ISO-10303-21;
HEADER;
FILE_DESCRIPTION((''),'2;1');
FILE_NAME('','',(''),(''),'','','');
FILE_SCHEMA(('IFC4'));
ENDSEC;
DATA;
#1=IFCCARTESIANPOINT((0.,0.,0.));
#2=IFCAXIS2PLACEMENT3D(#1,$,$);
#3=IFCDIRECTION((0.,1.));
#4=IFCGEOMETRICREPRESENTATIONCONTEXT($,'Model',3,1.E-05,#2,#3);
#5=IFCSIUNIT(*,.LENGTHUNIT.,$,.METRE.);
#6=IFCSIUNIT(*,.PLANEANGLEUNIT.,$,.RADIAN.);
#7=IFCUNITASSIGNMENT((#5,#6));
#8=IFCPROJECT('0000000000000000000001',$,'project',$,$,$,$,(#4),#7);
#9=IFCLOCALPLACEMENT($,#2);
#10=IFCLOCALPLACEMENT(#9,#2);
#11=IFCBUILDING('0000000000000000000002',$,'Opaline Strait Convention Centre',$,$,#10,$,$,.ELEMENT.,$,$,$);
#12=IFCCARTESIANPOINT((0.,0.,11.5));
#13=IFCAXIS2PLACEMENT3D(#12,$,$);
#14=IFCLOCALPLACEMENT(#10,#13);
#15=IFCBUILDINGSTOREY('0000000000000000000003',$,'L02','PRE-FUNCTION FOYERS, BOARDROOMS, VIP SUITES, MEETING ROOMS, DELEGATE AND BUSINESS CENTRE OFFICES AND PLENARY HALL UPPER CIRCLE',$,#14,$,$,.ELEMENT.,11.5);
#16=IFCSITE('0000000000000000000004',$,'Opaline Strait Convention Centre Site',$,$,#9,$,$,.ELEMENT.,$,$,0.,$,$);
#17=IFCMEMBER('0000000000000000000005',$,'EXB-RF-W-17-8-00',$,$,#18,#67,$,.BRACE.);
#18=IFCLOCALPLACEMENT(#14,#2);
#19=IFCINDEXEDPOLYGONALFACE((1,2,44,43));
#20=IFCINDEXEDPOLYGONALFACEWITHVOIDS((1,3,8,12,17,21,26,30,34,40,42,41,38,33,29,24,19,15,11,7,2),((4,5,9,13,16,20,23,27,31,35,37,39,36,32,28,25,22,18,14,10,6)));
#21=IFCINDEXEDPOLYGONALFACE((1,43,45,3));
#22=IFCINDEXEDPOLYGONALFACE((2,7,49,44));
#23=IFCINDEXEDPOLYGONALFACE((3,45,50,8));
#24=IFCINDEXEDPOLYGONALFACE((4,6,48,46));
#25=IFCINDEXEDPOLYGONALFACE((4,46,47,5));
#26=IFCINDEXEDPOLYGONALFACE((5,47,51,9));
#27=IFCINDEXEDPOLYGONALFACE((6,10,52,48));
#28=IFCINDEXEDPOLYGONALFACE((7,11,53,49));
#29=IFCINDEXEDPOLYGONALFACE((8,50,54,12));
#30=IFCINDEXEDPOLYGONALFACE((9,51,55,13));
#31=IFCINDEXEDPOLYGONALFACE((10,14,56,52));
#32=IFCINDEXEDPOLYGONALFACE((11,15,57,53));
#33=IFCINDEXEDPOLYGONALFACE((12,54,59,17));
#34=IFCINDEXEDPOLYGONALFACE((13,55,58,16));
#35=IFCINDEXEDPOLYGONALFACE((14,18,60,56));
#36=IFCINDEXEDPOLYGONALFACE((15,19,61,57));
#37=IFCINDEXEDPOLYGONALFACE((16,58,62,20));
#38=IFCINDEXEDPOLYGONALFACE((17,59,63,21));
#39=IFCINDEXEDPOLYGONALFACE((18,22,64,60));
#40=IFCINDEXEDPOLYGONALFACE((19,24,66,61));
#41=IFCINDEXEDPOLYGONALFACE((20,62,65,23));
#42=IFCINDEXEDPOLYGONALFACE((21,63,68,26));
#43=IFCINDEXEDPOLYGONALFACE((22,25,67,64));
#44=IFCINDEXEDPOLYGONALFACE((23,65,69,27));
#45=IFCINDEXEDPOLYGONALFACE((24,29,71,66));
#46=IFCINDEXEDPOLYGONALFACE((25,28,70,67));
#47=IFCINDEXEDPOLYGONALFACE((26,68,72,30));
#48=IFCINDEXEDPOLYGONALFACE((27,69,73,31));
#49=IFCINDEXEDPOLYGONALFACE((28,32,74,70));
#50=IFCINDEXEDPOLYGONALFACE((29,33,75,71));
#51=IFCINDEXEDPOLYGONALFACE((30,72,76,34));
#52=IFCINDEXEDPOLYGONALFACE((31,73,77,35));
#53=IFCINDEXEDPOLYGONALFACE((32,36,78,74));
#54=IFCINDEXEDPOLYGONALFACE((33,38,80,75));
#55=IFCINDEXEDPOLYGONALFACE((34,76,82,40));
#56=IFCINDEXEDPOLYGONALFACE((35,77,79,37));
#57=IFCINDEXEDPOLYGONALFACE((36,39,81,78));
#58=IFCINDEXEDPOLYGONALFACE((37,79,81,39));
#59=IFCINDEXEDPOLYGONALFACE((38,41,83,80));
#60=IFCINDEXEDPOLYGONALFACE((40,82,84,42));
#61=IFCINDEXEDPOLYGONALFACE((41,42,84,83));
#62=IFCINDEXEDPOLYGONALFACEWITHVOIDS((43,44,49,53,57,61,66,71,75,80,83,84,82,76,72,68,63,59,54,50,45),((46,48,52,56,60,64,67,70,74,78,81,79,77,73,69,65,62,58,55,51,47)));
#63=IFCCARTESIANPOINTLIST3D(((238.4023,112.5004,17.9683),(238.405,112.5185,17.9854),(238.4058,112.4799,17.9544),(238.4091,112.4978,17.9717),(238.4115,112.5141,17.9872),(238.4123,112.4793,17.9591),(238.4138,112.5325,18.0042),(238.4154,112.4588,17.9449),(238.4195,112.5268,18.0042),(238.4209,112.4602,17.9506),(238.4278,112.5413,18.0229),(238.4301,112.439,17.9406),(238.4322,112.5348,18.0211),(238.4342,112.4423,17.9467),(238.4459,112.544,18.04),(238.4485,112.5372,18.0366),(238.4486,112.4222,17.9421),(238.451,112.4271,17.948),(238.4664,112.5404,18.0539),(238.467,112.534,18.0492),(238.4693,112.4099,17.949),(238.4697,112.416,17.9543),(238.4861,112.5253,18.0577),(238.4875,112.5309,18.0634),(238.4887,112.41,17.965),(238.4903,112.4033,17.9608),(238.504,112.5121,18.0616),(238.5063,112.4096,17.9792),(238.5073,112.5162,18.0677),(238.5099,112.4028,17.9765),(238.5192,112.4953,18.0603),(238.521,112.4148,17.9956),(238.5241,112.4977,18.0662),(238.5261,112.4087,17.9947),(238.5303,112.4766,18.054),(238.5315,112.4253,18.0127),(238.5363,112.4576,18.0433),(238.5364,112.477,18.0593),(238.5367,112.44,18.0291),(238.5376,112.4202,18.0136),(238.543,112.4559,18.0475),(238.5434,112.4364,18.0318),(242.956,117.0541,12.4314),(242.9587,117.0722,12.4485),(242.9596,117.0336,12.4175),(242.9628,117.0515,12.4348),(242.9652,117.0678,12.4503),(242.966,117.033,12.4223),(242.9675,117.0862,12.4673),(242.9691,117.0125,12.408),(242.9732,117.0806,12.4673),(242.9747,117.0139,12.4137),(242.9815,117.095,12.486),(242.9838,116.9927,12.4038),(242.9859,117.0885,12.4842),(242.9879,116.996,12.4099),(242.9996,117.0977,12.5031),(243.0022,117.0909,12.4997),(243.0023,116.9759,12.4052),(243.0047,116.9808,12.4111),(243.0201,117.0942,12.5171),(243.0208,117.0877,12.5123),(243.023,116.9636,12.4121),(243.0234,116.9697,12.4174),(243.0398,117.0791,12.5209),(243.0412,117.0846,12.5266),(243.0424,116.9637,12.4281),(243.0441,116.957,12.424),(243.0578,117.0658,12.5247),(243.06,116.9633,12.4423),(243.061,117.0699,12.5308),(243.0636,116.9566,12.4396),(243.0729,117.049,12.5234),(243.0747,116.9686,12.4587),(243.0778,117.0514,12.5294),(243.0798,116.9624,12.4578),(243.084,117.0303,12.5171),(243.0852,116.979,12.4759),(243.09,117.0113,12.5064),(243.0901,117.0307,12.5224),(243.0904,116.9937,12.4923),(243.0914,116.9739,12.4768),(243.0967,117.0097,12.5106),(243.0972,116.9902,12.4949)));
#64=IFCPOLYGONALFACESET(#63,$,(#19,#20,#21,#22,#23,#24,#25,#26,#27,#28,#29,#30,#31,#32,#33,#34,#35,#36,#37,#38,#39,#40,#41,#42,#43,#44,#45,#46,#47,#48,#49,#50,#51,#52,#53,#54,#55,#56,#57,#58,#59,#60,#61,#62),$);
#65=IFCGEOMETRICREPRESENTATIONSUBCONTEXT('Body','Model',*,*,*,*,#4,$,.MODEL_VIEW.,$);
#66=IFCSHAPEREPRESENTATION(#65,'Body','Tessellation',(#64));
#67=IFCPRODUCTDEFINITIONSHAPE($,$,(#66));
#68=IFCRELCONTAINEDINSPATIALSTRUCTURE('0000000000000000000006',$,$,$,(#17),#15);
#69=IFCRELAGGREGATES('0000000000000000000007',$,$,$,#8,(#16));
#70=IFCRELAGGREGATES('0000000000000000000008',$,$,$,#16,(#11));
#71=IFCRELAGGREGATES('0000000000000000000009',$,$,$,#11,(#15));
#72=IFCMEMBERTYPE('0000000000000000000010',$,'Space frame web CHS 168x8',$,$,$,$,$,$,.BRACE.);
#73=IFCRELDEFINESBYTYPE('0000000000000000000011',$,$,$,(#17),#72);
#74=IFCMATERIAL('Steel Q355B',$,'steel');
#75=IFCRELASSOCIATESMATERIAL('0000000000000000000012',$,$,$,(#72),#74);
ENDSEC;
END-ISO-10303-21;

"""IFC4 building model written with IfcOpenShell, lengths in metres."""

from ifc_helpers import new_model, si_unit, direction, frame, origin, origin_2d, place, context, subcontext, project, spatial, hollow_circle, extrude, material, material_profile, profile_set, type_object, element, save


model = new_model("IFC4")

# Units and contexts
model_context = context("Model", 3, precision=1e-05, world=origin(), true_north=direction((0.0, 1.0)))
body_context = subcontext(model_context, "Body", "Model", "MODEL_VIEW")
ifc_project = project(units=[si_unit("LENGTHUNIT", "METRE"), si_unit("PLANEANGLEUNIT", "RADIAN")], contexts=[model_context])

# Site, building, storey
site_placement = place(None, origin())
site = spatial("IfcSite", under=ifc_project, at=site_placement, Name="Opaline Strait Convention Centre Site", CompositionType="ELEMENT", RefElevation=0.0)
building_placement = place(site_placement, origin())
building = spatial("IfcBuilding", under=site, at=building_placement, Name="Opaline Strait Convention Centre", CompositionType="ELEMENT")
storey_placement = place(building_placement, frame((0.0, 0.0, 11.5)))
storey = spatial("IfcBuildingStorey", under=building, at=storey_placement, Name="L02", Description="PRE-FUNCTION FOYERS, BOARDROOMS, VIP SUITES, MEETING ROOMS, DELEGATE AND BUSINESS CENTRE OFFICES AND PLENARY HALL UPPER CIRCLE", CompositionType="ELEMENT", Elevation=11.5)

# Member
ifc_material = material(Name="Steel Q355B", Category="steel")
ifc_material_profile_1 = material_profile(ifc_material, hollow_circle(Radius=0.084, WallThickness=0.0081, at=origin_2d()), Name="CHS 168x8")
ifc_profile_set_1 = profile_set([ifc_material_profile_1], Name="Steel Q355B")
member_type_1 = type_object("IfcMemberType", Name="Space frame web CHS 168x8", PredefinedType="BRACE", material=ifc_profile_set_1)
for number, where, z_axis, x_axis, name in (
    (1, (238.4731, 112.4731, 18.0042), (0.536178, 0.536178, -0.65194), (-0.707107, 0.707107, 0.0), "EXB-RF-W-17-8-00"),
):
    element("IfcMember", number, at=place(storey_placement, frame(where, z_axis=z_axis, x_axis=x_axis)), inside=storey, type_object=member_type_1, Name=name, PredefinedType="BRACE", context=body_context, shape_type="SweptSolid", body=[
        extrude(hollow_circle(Radius=0.084, WallThickness=0.0081, at=origin_2d()), origin(), (0.0, 0.0, 1.0), 8.4929),
    ])

save(model, "model.ifc")
